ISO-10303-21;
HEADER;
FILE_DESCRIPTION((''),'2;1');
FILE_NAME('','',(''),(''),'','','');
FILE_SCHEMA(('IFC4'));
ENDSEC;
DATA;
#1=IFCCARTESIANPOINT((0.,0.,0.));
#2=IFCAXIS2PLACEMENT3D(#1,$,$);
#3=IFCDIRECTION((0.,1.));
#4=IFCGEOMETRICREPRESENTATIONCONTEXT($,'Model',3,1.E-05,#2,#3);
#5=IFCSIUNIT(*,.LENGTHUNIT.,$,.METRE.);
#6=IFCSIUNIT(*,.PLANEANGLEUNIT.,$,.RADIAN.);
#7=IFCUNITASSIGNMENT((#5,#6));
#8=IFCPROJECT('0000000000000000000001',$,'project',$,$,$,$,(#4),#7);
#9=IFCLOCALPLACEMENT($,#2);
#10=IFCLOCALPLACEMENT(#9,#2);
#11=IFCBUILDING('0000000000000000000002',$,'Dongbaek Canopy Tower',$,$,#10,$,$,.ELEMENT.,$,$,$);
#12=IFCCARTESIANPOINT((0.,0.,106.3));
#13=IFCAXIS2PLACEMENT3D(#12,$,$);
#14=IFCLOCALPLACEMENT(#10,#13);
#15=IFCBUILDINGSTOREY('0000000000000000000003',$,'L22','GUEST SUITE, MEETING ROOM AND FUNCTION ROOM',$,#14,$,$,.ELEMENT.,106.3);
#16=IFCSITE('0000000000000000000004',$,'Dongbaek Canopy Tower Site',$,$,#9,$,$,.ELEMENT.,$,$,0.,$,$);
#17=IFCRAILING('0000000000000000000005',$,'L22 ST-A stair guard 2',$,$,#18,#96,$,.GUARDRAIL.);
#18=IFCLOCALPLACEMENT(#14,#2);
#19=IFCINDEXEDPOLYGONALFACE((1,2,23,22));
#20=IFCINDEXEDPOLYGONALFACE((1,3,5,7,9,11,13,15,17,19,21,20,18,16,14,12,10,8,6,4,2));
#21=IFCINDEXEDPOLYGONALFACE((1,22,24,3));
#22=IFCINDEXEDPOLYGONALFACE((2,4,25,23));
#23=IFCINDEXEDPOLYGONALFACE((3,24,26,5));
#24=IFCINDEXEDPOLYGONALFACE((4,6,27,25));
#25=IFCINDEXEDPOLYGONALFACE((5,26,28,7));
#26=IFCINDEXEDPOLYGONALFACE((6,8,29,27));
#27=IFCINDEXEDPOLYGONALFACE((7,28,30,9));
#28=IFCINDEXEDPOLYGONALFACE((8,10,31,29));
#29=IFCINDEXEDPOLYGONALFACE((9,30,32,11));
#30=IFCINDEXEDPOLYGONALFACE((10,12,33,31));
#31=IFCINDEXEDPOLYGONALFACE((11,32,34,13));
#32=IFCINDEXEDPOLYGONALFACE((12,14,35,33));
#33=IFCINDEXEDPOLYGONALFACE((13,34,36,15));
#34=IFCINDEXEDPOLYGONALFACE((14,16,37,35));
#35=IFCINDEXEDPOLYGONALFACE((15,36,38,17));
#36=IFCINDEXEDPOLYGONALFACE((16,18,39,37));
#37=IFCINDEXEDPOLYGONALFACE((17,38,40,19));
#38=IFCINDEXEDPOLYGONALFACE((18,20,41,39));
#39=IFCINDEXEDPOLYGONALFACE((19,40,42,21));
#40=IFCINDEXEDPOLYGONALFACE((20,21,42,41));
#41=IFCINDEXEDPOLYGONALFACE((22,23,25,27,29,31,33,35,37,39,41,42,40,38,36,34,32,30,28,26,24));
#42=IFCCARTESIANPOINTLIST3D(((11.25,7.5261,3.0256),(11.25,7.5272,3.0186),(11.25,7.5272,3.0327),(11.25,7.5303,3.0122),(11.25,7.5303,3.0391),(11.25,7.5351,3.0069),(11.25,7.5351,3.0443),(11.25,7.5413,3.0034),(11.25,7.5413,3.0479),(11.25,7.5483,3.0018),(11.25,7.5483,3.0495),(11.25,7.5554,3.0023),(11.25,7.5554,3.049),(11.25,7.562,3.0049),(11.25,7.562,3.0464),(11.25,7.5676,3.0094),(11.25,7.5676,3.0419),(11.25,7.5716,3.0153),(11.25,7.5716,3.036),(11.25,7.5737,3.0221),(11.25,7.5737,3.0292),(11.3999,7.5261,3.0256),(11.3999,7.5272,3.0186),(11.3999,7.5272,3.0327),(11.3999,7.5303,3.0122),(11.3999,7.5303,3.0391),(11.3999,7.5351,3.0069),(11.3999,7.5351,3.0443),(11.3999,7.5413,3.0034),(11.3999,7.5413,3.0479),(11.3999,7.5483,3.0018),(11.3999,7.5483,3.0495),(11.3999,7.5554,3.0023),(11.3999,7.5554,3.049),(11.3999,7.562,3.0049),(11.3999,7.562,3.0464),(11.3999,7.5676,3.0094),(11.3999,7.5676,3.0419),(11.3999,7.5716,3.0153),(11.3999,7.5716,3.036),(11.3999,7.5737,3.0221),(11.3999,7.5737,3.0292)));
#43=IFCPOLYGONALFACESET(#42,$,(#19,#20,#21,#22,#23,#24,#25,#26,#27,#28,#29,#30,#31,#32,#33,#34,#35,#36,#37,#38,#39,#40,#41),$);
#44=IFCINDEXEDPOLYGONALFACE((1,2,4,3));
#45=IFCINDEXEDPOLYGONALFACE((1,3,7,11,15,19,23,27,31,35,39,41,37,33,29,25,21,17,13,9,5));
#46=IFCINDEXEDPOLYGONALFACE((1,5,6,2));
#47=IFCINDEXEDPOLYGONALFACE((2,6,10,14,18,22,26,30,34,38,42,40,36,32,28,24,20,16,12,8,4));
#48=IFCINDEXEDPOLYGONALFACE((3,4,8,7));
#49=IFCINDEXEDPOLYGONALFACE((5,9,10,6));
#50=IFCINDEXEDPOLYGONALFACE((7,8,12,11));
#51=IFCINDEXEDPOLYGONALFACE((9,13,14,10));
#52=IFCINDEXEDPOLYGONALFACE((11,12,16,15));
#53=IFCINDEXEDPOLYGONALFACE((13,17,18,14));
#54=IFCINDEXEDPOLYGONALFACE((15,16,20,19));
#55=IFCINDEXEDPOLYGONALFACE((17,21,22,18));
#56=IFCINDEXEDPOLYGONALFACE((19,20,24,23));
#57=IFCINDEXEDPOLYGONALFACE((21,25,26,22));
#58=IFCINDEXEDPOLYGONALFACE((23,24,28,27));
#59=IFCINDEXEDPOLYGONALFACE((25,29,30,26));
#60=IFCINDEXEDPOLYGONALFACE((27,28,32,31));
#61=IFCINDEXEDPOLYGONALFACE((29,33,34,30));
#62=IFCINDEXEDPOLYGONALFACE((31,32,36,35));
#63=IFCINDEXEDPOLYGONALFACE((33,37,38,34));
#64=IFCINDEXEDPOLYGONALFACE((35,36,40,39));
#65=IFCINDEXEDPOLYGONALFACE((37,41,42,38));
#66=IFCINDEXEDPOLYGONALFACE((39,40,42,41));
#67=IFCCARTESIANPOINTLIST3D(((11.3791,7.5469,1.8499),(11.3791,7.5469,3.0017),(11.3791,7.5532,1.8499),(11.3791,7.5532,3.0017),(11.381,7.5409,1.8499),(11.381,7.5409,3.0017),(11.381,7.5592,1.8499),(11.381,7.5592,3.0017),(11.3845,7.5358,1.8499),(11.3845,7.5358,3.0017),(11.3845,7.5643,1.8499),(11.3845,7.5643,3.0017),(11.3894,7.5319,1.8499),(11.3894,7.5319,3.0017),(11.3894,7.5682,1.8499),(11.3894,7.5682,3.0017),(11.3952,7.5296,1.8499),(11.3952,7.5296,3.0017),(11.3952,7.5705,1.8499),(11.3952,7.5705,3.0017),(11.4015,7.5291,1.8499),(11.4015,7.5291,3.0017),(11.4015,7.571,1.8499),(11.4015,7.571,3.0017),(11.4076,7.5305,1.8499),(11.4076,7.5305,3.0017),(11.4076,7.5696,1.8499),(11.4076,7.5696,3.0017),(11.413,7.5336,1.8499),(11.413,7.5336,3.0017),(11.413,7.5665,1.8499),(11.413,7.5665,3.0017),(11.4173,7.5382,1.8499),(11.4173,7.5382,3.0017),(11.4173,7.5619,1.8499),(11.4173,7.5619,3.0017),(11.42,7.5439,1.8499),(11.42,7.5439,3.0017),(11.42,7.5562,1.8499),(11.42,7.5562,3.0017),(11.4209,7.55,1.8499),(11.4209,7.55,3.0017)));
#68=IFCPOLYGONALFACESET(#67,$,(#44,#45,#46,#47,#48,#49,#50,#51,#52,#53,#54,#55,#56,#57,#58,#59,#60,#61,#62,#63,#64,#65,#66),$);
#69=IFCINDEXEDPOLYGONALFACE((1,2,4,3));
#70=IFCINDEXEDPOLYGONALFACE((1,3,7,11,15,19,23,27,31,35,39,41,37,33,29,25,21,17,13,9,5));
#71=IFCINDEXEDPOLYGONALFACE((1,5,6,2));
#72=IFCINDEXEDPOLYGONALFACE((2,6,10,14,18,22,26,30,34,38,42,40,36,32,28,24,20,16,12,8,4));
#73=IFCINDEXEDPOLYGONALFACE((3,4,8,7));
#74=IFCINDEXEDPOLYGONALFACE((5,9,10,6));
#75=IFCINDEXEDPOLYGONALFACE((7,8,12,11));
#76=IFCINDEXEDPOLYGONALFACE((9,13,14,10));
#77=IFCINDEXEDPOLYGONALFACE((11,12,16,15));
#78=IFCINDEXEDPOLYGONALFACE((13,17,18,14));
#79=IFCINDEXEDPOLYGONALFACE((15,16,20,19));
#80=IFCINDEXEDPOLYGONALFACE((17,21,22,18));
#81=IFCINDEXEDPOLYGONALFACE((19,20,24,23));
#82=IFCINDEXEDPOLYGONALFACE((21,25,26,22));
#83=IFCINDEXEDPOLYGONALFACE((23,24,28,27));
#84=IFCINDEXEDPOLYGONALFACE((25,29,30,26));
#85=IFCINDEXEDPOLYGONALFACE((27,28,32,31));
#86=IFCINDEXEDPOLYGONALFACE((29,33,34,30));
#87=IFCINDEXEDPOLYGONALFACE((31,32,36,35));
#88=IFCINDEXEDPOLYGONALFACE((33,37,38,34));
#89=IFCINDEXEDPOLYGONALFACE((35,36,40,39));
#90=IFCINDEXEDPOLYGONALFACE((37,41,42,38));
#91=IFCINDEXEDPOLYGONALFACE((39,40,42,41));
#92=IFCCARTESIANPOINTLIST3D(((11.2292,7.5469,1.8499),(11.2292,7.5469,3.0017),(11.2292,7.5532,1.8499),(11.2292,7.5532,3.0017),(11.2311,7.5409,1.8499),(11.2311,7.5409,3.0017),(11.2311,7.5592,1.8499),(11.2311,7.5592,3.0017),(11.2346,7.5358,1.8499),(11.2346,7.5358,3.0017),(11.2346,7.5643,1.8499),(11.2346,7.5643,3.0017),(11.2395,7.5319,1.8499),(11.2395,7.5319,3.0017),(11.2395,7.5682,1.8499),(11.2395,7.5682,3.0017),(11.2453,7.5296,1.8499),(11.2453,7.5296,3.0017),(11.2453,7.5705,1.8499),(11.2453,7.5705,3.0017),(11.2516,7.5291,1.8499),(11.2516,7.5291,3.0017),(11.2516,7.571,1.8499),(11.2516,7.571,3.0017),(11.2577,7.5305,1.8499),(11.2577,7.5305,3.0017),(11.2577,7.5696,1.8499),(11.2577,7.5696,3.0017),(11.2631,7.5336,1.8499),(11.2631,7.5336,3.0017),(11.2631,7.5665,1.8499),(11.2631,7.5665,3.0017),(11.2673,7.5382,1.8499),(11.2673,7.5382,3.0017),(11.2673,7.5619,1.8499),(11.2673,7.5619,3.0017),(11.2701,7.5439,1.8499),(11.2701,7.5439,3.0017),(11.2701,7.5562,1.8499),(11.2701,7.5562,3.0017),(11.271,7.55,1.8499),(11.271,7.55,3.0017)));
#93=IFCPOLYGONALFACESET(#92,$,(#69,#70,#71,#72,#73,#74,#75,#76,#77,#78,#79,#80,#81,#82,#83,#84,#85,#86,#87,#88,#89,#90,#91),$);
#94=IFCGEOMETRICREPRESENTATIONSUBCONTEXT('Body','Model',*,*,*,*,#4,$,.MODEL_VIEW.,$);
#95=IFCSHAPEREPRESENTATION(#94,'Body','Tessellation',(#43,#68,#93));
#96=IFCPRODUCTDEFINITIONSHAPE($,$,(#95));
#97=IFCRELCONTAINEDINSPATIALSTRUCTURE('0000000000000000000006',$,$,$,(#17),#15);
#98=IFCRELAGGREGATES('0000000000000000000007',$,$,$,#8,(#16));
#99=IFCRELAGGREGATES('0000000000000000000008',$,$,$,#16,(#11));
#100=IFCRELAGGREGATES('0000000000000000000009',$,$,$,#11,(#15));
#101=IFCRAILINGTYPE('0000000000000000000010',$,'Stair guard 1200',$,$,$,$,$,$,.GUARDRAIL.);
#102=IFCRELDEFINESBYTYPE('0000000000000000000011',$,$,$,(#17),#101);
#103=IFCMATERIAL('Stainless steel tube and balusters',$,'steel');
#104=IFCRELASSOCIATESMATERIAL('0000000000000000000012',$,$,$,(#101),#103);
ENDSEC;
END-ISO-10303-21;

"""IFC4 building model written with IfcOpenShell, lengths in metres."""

from ifc_helpers import new_model, si_unit, direction, frame, origin, origin_2d, place, context, subcontext, project, spatial, circle, extrude, material, type_object, element, save


model = new_model("IFC4")

# Units and contexts
model_context = context("Model", 3, precision=1e-05, world=origin(), true_north=direction((0.0, 1.0)))
body_context = subcontext(model_context, "Body", "Model", "MODEL_VIEW")
ifc_project = project(units=[si_unit("LENGTHUNIT", "METRE"), si_unit("PLANEANGLEUNIT", "RADIAN")], contexts=[model_context])

# Site, building, storey
site_placement = place(None, origin())
site = spatial("IfcSite", under=ifc_project, at=site_placement, Name="Dongbaek Canopy Tower Site", CompositionType="ELEMENT", RefElevation=0.0)
building_placement = place(site_placement, origin())
building = spatial("IfcBuilding", under=site, at=building_placement, Name="Dongbaek Canopy Tower", CompositionType="ELEMENT")
storey_placement = place(building_placement, frame((0.0, 0.0, 106.3)))
storey = spatial("IfcBuildingStorey", under=building, at=storey_placement, Name="L22", Description="GUEST SUITE, MEETING ROOM AND FUNCTION ROOM", CompositionType="ELEMENT", Elevation=106.3)

# Railing
ifc_material_1 = material(Name="Stainless steel tube and balusters", Category="steel")
railing_type_1 = type_object("IfcRailingType", Name="Stair guard 1200", PredefinedType="GUARDRAIL", material=ifc_material_1)
railing_1_placement = place(storey_placement, frame((11.3999, 7.55, 1.8499)))
element("IfcRailing", 1, at=railing_1_placement, inside=storey, type_object=railing_type_1, Name="L22 ST-A stair guard 2", PredefinedType="GUARDRAIL", context=body_context, shape_type="SweptSolid", body=[
    extrude(circle(Radius=0.0239, at=origin_2d()), frame((0.0, 0.0, 1.1758), z_axis=(-1.0, 0.0, 0.0), x_axis=(0.0, -1.0, 0.0)), (0.0, 0.0, 1.0), 0.1499),
    extrude(circle(Radius=0.021, at=origin_2d()), origin(), (0.0, 0.0, 1.0), 1.1519),
    extrude(circle(Radius=0.021, at=origin_2d()), frame((-0.1499, 0.0, 0.0)), (0.0, 0.0, 1.0), 1.1519),
])

save(model, "model.ifc")
